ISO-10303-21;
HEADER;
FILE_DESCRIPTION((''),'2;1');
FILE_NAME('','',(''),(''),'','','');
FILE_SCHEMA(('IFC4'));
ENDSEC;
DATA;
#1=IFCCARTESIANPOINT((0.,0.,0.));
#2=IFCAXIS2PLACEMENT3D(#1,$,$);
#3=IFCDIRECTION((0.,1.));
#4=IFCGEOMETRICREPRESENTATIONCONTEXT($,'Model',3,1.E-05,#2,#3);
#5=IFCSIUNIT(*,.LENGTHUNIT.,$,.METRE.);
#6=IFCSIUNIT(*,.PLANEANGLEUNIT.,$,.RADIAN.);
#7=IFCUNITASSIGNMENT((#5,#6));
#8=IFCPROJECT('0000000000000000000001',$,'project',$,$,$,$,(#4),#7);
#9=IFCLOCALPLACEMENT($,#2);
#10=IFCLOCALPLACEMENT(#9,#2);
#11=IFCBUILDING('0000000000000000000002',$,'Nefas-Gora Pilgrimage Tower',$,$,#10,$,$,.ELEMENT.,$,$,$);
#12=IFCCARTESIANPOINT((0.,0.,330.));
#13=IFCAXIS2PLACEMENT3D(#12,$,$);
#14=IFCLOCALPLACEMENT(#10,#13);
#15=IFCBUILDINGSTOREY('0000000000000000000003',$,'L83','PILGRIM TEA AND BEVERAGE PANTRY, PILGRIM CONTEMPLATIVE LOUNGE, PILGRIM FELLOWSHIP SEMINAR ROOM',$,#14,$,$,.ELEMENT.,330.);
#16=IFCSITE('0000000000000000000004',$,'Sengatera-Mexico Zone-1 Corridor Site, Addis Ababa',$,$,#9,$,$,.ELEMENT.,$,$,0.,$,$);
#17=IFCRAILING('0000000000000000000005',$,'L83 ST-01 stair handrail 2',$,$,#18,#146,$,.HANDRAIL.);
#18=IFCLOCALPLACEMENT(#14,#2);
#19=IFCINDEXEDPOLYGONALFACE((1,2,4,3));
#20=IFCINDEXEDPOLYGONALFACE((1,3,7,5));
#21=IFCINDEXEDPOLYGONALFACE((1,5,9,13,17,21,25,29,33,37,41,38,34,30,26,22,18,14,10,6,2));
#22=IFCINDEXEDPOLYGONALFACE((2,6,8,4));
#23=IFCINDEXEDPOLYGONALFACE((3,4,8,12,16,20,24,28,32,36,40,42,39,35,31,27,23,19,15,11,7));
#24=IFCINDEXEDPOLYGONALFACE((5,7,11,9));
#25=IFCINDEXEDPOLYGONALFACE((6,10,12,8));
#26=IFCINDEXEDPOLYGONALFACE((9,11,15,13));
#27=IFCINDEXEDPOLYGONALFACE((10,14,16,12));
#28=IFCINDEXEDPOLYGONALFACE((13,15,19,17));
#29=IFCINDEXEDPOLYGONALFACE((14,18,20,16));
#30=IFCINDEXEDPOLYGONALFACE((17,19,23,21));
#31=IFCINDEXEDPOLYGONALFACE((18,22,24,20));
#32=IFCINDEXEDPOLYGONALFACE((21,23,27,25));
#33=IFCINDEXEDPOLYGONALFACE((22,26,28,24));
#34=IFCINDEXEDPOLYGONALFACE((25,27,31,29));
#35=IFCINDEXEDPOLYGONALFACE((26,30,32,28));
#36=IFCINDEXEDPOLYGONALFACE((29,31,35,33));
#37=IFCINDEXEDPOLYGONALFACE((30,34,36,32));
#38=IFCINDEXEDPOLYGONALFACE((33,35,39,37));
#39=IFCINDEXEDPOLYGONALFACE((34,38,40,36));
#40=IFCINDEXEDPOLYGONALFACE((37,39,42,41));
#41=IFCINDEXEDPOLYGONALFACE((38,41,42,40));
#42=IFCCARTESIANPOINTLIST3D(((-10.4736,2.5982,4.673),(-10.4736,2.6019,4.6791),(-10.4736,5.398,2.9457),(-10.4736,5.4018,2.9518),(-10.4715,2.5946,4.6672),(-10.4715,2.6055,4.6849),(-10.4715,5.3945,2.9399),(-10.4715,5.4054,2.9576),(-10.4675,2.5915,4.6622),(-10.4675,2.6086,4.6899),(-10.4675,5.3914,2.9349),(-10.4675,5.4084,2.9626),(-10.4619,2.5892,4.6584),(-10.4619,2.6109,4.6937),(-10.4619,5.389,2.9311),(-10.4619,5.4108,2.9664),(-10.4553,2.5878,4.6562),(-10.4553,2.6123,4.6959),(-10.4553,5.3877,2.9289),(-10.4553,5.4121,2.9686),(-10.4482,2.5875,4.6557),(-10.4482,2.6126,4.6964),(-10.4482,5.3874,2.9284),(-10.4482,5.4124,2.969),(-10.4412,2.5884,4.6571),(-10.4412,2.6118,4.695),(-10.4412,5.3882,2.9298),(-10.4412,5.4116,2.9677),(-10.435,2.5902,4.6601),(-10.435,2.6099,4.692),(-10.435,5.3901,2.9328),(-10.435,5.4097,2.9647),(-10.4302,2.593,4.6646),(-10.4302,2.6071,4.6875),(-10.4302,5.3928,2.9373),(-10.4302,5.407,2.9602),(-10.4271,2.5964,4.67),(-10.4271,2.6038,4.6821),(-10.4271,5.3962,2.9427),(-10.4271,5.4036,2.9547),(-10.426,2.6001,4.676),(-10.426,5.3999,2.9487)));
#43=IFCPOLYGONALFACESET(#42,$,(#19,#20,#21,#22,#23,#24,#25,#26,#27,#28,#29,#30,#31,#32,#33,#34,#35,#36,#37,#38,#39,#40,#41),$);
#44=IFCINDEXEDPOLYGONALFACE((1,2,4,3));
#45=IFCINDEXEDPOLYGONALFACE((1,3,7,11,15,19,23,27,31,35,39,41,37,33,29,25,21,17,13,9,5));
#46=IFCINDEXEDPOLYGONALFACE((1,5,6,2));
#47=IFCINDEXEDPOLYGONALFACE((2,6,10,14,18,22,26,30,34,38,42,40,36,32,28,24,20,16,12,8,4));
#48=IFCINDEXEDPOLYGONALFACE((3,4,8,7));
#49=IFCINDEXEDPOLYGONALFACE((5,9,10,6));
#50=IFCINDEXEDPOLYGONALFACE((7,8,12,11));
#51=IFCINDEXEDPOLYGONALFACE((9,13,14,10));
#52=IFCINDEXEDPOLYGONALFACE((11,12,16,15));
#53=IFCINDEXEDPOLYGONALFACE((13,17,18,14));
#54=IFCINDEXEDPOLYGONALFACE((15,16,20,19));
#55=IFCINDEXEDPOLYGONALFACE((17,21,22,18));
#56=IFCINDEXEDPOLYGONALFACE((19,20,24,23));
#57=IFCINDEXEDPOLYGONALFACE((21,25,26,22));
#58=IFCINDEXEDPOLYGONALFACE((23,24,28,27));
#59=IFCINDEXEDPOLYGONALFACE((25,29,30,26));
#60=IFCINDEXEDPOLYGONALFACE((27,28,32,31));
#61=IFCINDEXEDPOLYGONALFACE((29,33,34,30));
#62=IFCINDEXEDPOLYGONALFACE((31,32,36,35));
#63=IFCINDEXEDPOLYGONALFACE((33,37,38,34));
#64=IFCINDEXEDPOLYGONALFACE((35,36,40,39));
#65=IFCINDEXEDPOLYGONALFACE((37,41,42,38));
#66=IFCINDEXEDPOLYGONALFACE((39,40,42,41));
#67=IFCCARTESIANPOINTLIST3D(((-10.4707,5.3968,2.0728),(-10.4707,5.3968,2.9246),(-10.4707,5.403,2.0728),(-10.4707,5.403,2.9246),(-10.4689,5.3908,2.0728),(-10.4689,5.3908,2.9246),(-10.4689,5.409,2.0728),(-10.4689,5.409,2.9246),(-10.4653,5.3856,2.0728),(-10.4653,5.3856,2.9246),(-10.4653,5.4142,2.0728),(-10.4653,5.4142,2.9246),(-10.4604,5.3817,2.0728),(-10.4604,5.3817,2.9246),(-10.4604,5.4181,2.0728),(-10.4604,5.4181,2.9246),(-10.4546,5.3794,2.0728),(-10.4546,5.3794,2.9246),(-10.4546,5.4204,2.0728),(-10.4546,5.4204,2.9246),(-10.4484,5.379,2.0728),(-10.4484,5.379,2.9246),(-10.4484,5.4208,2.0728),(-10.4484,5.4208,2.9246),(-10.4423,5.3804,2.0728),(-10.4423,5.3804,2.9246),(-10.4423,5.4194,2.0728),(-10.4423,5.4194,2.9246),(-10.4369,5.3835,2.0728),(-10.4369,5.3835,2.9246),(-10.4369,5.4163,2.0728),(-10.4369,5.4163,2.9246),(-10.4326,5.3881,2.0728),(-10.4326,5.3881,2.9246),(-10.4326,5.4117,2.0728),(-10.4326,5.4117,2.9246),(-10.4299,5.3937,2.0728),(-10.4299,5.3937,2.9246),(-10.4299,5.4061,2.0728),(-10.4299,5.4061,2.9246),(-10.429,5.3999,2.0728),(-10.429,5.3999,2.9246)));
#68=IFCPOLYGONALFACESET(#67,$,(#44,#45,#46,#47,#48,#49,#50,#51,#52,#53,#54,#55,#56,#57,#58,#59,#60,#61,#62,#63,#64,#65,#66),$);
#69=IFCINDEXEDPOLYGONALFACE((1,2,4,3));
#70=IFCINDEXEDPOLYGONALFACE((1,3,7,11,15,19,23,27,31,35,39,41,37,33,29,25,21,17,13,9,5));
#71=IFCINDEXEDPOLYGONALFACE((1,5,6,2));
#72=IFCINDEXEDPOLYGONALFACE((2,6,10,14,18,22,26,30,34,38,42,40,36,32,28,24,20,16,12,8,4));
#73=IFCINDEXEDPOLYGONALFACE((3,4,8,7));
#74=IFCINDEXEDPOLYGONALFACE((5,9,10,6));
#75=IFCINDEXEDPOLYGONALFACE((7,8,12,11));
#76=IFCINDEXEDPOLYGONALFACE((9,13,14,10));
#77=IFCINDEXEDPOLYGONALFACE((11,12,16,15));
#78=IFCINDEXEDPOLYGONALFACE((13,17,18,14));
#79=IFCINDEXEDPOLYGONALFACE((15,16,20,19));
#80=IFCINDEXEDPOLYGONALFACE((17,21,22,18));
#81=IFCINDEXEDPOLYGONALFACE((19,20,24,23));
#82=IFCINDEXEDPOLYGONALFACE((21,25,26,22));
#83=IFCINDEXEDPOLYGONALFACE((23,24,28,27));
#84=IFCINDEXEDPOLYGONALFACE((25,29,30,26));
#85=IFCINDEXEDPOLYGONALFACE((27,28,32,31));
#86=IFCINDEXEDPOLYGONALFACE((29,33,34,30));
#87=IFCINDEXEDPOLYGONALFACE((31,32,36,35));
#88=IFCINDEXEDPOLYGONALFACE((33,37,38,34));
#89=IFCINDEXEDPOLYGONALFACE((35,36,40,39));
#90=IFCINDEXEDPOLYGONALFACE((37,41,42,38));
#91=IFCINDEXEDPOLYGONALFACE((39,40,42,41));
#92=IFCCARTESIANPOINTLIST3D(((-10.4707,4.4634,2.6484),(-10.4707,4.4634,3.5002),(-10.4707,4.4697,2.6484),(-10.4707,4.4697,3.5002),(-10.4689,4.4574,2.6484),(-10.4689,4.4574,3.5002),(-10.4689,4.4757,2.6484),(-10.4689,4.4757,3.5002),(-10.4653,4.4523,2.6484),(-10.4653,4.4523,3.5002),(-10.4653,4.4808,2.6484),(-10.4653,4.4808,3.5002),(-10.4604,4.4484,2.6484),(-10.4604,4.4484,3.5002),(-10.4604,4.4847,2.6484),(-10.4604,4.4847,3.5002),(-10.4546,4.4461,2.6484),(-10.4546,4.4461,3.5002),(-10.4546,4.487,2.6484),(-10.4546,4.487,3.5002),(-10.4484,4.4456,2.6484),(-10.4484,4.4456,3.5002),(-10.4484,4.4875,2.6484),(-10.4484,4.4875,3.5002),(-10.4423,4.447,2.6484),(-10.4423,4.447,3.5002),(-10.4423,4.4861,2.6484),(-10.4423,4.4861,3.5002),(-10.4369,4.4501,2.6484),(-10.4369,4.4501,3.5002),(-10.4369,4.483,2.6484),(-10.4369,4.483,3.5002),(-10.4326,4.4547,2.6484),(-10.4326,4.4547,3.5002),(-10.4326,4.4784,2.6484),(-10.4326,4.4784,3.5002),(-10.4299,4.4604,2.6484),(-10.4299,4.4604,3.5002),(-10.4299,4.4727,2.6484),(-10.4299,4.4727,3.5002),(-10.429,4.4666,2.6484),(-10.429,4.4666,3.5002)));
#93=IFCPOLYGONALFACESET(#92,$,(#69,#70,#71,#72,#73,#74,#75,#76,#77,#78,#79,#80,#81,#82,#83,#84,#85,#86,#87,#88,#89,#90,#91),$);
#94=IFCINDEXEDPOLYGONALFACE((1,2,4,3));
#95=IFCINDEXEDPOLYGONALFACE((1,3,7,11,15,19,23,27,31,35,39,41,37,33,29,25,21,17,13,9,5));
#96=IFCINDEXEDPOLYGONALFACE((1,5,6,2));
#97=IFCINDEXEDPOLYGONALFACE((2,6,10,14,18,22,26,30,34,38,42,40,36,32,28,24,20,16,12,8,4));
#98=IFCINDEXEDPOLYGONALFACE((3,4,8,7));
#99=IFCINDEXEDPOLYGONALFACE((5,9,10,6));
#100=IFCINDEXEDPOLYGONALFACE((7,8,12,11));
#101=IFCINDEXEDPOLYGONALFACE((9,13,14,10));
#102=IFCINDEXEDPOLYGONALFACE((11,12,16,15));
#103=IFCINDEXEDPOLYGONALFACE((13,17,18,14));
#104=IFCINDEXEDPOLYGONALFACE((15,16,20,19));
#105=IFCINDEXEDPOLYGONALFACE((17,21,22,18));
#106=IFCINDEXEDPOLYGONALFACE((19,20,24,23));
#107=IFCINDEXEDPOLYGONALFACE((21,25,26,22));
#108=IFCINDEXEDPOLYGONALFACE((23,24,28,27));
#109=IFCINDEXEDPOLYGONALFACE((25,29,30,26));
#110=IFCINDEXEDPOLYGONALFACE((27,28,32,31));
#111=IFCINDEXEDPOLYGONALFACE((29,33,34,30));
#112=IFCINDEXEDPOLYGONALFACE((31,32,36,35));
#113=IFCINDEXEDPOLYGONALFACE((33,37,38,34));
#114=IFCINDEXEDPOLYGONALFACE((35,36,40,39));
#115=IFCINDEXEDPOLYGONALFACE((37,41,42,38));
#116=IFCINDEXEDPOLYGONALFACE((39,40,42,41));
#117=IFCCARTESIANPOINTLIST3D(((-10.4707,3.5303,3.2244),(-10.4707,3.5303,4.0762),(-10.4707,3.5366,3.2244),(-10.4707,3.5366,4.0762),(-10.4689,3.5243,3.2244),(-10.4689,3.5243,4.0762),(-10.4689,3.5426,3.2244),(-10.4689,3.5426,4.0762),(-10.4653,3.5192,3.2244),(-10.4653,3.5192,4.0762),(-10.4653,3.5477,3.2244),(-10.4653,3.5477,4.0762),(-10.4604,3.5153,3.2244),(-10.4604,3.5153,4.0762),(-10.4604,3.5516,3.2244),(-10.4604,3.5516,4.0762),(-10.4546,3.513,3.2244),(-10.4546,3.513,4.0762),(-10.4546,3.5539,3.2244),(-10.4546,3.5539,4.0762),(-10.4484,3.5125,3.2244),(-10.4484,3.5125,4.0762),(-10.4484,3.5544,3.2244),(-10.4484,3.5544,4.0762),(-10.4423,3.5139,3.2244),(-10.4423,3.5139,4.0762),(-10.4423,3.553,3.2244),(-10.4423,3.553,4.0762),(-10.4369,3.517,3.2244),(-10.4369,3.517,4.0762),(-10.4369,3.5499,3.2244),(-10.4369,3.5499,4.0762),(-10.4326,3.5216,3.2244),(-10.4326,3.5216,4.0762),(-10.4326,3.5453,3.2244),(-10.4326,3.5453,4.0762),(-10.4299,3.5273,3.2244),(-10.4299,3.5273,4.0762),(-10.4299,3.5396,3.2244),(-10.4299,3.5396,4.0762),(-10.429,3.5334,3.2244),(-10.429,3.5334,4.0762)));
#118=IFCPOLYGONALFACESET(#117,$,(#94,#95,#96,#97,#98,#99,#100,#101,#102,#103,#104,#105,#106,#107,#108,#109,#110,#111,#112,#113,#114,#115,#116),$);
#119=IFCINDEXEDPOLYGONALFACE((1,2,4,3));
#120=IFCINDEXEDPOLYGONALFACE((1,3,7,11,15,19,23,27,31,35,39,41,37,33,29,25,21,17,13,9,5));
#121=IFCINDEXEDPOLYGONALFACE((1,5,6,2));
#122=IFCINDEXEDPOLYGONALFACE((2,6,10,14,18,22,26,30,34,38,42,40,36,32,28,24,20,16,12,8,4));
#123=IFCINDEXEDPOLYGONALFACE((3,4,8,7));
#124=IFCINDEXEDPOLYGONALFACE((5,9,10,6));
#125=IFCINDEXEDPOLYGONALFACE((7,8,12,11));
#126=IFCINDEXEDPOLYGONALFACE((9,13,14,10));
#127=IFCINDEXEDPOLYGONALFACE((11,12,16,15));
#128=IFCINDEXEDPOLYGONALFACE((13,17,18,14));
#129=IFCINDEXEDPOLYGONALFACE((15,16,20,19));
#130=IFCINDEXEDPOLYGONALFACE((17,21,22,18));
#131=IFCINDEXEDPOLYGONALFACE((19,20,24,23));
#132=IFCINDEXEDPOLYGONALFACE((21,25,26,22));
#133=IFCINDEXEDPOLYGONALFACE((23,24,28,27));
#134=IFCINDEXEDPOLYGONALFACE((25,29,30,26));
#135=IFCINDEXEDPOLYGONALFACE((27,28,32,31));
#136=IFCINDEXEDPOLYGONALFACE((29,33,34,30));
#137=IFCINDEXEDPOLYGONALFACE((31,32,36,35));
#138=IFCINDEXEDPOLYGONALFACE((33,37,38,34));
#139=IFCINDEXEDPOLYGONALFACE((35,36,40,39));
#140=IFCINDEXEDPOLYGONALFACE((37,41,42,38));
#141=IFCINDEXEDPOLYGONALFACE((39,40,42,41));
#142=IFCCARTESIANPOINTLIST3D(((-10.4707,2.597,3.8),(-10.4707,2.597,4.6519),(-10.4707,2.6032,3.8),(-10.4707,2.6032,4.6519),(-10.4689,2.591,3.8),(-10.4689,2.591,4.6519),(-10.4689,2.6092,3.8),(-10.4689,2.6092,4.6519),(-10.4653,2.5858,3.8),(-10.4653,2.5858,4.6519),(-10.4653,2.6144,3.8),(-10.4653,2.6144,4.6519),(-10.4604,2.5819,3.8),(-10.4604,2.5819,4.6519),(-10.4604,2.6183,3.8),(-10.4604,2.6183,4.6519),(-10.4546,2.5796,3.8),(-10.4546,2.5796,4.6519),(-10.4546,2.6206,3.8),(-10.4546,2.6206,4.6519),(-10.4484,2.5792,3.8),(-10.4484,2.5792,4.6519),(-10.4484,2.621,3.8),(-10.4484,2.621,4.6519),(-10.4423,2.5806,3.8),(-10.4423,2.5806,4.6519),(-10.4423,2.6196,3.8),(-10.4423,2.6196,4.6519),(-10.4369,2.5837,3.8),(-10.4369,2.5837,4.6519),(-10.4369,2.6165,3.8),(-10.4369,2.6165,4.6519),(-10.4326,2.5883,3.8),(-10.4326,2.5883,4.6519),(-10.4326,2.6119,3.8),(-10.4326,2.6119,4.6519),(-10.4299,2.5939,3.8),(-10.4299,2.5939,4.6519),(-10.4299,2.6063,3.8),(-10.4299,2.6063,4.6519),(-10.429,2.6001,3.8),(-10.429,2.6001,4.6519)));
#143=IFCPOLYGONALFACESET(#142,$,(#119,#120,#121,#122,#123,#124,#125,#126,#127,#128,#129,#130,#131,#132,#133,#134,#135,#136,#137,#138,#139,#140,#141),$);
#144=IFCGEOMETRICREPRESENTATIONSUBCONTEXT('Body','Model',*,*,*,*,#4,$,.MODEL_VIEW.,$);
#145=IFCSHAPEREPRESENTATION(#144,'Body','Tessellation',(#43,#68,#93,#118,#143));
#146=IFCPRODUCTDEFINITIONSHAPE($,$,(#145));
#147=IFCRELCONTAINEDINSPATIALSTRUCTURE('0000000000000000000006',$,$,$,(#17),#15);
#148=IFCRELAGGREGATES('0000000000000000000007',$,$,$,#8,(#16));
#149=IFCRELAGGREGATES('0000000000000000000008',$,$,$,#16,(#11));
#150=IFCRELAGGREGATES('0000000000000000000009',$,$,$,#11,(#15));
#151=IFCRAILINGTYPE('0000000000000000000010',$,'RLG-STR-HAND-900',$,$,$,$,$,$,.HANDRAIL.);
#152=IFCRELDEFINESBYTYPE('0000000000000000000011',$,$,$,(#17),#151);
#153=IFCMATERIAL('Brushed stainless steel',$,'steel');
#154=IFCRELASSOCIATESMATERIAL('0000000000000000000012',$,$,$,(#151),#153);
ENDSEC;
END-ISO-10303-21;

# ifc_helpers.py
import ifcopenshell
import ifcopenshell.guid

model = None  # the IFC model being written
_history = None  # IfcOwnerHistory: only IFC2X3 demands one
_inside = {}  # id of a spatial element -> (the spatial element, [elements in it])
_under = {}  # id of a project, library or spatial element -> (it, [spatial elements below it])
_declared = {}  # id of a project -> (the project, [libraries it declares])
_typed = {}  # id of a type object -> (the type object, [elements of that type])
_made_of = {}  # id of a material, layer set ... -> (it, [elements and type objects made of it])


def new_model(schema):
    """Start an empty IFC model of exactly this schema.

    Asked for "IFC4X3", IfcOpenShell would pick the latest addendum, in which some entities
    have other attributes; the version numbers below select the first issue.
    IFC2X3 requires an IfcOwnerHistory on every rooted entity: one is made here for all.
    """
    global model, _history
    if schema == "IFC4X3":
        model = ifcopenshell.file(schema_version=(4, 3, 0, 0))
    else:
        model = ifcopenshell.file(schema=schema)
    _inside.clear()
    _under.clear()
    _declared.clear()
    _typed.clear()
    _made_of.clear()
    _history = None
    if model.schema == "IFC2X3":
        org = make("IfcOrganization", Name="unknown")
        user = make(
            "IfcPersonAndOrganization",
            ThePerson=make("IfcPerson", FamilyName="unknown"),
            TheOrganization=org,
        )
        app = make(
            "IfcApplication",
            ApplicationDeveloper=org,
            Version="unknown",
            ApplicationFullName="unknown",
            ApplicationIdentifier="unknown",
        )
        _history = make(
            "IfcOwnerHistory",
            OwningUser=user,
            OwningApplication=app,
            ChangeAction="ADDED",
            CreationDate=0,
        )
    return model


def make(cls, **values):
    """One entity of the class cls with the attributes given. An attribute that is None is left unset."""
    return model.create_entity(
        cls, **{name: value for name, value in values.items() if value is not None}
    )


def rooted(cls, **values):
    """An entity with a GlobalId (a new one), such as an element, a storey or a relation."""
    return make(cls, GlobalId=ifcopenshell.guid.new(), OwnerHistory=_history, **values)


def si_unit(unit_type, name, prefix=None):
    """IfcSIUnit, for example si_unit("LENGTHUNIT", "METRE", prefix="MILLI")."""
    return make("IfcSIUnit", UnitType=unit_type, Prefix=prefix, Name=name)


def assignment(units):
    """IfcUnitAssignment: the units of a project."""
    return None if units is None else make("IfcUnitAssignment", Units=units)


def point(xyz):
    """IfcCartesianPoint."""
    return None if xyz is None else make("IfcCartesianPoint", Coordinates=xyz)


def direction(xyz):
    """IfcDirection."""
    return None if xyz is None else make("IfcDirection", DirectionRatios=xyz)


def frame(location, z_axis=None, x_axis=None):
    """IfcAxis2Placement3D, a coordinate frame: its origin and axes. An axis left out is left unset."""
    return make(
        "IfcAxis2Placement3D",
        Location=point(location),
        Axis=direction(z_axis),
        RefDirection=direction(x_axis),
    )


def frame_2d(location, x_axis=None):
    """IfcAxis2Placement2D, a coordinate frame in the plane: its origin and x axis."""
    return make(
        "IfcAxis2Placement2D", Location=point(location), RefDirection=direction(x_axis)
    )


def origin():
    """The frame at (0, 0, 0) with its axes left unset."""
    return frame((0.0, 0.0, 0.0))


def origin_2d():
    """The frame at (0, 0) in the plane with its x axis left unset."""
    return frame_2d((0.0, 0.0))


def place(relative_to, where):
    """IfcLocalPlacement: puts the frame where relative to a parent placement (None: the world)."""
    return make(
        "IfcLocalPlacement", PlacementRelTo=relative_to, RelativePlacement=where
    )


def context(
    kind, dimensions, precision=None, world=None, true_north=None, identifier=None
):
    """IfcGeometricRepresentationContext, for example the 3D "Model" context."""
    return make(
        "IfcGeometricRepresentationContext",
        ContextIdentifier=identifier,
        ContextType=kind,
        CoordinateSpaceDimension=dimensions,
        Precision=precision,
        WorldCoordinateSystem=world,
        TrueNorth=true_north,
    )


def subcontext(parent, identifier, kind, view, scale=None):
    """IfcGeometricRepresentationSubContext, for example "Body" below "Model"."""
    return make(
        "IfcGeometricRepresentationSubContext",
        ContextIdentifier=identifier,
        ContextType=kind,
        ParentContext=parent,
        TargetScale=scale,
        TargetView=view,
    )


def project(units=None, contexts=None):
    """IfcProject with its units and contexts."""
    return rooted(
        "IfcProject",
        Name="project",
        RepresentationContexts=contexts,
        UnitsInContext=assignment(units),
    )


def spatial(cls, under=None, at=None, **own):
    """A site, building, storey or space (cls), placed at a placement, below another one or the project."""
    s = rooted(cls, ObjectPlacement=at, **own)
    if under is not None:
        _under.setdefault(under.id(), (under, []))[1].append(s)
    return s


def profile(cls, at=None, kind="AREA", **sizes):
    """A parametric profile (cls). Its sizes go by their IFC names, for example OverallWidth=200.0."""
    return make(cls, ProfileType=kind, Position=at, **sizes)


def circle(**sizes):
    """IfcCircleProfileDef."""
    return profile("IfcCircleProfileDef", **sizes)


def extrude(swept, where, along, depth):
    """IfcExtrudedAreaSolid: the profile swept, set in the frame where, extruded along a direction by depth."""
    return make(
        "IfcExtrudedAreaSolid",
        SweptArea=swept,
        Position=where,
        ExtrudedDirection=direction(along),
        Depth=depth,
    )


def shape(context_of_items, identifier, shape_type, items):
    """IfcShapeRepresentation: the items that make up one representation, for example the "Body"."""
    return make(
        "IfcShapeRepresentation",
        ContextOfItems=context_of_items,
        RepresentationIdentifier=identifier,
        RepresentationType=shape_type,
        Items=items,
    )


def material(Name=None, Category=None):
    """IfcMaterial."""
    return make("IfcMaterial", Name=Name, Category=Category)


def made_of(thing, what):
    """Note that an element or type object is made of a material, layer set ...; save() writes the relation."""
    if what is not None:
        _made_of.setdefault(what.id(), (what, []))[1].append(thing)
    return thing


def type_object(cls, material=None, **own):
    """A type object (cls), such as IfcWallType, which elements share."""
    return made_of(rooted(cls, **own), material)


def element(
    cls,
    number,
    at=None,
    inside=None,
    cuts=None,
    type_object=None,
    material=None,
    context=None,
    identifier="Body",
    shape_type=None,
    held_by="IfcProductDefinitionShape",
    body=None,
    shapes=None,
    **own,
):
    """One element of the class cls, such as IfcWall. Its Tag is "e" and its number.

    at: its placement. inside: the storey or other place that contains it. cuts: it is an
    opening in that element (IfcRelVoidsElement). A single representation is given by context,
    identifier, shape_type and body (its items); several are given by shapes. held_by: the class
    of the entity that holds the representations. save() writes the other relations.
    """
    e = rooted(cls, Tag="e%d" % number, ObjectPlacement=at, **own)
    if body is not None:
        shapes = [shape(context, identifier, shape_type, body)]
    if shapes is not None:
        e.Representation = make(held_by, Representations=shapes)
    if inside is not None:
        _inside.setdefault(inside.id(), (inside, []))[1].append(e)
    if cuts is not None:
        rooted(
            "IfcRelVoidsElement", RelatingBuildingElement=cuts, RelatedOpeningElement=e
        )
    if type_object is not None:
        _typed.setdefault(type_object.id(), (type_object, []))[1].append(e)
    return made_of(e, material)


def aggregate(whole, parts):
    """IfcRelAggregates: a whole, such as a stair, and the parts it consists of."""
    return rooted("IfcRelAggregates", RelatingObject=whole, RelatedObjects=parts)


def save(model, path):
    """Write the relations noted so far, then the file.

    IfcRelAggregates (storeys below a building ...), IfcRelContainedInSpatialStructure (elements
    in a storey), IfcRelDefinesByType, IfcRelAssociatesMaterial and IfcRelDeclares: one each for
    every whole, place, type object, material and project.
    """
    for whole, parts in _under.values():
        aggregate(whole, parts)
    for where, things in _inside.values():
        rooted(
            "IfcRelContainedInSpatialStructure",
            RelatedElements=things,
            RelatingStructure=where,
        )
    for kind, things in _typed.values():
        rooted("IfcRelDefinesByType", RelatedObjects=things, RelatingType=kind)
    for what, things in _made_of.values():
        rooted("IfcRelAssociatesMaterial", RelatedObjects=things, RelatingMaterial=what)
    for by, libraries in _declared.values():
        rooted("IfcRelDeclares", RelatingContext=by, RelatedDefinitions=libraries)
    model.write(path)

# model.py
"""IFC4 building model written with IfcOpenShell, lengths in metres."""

from ifc_helpers import new_model, si_unit, direction, frame, origin, origin_2d, place, context, subcontext, project, spatial, circle, extrude, material, type_object, element, save


model = new_model("IFC4")

# Units and contexts
model_context = context("Model", 3, precision=1e-05, world=origin(), true_north=direction((0.0, 1.0)))
body_context = subcontext(model_context, "Body", "Model", "MODEL_VIEW")
ifc_project = project(units=[si_unit("LENGTHUNIT", "METRE"), si_unit("PLANEANGLEUNIT", "RADIAN")], contexts=[model_context])

# Site, building, storey
site_placement = place(None, origin())
site = spatial("IfcSite", under=ifc_project, at=site_placement, Name="Sengatera-Mexico Zone-1 Corridor Site, Addis Ababa", CompositionType="ELEMENT", RefElevation=0.0)
building_placement = place(site_placement, origin())
building = spatial("IfcBuilding", under=site, at=building_placement, Name="Nefas-Gora Pilgrimage Tower", CompositionType="ELEMENT")
storey_placement = place(building_placement, frame((0.0, 0.0, 330.0)))
storey = spatial("IfcBuildingStorey", under=building, at=storey_placement, Name="L83", Description="PILGRIM TEA AND BEVERAGE PANTRY, PILGRIM CONTEMPLATIVE LOUNGE, PILGRIM FELLOWSHIP SEMINAR ROOM", CompositionType="ELEMENT", Elevation=330.0)

# Railing
ifc_material_1 = material(Name="Brushed stainless steel", Category="steel")
railing_type_1 = type_object("IfcRailingType", Name="RLG-STR-HAND-900", PredefinedType="HANDRAIL", material=ifc_material_1)
railing_1_placement = place(storey_placement, frame((-10.45, 5.3999, 2.0728)))
element("IfcRailing", 1, at=railing_1_placement, inside=storey, type_object=railing_type_1, Name="L83 ST-01 stair handrail 2", PredefinedType="HANDRAIL", context=body_context, shape_type="SweptSolid", body=[
    extrude(circle(Radius=0.0239, at=origin_2d()), frame((0.0, 0.0, 0.876), z_axis=(0.0, -0.851069, 0.525054), x_axis=(1.0, 0.0, 0.0)), (0.0, 0.0, 1.0), 3.2898),
    extrude(circle(Radius=0.021, at=origin_2d()), origin(), (0.0, 0.0, 1.0), 0.8518),
    extrude(circle(Radius=0.021, at=origin_2d()), frame((0.0, -0.9333, 0.5757)), (0.0, 0.0, 1.0), 0.8518),
    extrude(circle(Radius=0.021, at=origin_2d()), frame((0.0, -1.8665, 1.1516)), (0.0, 0.0, 1.0), 0.8518),
    extrude(circle(Radius=0.021, at=origin_2d()), frame((0.0, -2.7998, 1.7273)), (0.0, 0.0, 1.0), 0.8518),
])

save(model, "model.ifc")
